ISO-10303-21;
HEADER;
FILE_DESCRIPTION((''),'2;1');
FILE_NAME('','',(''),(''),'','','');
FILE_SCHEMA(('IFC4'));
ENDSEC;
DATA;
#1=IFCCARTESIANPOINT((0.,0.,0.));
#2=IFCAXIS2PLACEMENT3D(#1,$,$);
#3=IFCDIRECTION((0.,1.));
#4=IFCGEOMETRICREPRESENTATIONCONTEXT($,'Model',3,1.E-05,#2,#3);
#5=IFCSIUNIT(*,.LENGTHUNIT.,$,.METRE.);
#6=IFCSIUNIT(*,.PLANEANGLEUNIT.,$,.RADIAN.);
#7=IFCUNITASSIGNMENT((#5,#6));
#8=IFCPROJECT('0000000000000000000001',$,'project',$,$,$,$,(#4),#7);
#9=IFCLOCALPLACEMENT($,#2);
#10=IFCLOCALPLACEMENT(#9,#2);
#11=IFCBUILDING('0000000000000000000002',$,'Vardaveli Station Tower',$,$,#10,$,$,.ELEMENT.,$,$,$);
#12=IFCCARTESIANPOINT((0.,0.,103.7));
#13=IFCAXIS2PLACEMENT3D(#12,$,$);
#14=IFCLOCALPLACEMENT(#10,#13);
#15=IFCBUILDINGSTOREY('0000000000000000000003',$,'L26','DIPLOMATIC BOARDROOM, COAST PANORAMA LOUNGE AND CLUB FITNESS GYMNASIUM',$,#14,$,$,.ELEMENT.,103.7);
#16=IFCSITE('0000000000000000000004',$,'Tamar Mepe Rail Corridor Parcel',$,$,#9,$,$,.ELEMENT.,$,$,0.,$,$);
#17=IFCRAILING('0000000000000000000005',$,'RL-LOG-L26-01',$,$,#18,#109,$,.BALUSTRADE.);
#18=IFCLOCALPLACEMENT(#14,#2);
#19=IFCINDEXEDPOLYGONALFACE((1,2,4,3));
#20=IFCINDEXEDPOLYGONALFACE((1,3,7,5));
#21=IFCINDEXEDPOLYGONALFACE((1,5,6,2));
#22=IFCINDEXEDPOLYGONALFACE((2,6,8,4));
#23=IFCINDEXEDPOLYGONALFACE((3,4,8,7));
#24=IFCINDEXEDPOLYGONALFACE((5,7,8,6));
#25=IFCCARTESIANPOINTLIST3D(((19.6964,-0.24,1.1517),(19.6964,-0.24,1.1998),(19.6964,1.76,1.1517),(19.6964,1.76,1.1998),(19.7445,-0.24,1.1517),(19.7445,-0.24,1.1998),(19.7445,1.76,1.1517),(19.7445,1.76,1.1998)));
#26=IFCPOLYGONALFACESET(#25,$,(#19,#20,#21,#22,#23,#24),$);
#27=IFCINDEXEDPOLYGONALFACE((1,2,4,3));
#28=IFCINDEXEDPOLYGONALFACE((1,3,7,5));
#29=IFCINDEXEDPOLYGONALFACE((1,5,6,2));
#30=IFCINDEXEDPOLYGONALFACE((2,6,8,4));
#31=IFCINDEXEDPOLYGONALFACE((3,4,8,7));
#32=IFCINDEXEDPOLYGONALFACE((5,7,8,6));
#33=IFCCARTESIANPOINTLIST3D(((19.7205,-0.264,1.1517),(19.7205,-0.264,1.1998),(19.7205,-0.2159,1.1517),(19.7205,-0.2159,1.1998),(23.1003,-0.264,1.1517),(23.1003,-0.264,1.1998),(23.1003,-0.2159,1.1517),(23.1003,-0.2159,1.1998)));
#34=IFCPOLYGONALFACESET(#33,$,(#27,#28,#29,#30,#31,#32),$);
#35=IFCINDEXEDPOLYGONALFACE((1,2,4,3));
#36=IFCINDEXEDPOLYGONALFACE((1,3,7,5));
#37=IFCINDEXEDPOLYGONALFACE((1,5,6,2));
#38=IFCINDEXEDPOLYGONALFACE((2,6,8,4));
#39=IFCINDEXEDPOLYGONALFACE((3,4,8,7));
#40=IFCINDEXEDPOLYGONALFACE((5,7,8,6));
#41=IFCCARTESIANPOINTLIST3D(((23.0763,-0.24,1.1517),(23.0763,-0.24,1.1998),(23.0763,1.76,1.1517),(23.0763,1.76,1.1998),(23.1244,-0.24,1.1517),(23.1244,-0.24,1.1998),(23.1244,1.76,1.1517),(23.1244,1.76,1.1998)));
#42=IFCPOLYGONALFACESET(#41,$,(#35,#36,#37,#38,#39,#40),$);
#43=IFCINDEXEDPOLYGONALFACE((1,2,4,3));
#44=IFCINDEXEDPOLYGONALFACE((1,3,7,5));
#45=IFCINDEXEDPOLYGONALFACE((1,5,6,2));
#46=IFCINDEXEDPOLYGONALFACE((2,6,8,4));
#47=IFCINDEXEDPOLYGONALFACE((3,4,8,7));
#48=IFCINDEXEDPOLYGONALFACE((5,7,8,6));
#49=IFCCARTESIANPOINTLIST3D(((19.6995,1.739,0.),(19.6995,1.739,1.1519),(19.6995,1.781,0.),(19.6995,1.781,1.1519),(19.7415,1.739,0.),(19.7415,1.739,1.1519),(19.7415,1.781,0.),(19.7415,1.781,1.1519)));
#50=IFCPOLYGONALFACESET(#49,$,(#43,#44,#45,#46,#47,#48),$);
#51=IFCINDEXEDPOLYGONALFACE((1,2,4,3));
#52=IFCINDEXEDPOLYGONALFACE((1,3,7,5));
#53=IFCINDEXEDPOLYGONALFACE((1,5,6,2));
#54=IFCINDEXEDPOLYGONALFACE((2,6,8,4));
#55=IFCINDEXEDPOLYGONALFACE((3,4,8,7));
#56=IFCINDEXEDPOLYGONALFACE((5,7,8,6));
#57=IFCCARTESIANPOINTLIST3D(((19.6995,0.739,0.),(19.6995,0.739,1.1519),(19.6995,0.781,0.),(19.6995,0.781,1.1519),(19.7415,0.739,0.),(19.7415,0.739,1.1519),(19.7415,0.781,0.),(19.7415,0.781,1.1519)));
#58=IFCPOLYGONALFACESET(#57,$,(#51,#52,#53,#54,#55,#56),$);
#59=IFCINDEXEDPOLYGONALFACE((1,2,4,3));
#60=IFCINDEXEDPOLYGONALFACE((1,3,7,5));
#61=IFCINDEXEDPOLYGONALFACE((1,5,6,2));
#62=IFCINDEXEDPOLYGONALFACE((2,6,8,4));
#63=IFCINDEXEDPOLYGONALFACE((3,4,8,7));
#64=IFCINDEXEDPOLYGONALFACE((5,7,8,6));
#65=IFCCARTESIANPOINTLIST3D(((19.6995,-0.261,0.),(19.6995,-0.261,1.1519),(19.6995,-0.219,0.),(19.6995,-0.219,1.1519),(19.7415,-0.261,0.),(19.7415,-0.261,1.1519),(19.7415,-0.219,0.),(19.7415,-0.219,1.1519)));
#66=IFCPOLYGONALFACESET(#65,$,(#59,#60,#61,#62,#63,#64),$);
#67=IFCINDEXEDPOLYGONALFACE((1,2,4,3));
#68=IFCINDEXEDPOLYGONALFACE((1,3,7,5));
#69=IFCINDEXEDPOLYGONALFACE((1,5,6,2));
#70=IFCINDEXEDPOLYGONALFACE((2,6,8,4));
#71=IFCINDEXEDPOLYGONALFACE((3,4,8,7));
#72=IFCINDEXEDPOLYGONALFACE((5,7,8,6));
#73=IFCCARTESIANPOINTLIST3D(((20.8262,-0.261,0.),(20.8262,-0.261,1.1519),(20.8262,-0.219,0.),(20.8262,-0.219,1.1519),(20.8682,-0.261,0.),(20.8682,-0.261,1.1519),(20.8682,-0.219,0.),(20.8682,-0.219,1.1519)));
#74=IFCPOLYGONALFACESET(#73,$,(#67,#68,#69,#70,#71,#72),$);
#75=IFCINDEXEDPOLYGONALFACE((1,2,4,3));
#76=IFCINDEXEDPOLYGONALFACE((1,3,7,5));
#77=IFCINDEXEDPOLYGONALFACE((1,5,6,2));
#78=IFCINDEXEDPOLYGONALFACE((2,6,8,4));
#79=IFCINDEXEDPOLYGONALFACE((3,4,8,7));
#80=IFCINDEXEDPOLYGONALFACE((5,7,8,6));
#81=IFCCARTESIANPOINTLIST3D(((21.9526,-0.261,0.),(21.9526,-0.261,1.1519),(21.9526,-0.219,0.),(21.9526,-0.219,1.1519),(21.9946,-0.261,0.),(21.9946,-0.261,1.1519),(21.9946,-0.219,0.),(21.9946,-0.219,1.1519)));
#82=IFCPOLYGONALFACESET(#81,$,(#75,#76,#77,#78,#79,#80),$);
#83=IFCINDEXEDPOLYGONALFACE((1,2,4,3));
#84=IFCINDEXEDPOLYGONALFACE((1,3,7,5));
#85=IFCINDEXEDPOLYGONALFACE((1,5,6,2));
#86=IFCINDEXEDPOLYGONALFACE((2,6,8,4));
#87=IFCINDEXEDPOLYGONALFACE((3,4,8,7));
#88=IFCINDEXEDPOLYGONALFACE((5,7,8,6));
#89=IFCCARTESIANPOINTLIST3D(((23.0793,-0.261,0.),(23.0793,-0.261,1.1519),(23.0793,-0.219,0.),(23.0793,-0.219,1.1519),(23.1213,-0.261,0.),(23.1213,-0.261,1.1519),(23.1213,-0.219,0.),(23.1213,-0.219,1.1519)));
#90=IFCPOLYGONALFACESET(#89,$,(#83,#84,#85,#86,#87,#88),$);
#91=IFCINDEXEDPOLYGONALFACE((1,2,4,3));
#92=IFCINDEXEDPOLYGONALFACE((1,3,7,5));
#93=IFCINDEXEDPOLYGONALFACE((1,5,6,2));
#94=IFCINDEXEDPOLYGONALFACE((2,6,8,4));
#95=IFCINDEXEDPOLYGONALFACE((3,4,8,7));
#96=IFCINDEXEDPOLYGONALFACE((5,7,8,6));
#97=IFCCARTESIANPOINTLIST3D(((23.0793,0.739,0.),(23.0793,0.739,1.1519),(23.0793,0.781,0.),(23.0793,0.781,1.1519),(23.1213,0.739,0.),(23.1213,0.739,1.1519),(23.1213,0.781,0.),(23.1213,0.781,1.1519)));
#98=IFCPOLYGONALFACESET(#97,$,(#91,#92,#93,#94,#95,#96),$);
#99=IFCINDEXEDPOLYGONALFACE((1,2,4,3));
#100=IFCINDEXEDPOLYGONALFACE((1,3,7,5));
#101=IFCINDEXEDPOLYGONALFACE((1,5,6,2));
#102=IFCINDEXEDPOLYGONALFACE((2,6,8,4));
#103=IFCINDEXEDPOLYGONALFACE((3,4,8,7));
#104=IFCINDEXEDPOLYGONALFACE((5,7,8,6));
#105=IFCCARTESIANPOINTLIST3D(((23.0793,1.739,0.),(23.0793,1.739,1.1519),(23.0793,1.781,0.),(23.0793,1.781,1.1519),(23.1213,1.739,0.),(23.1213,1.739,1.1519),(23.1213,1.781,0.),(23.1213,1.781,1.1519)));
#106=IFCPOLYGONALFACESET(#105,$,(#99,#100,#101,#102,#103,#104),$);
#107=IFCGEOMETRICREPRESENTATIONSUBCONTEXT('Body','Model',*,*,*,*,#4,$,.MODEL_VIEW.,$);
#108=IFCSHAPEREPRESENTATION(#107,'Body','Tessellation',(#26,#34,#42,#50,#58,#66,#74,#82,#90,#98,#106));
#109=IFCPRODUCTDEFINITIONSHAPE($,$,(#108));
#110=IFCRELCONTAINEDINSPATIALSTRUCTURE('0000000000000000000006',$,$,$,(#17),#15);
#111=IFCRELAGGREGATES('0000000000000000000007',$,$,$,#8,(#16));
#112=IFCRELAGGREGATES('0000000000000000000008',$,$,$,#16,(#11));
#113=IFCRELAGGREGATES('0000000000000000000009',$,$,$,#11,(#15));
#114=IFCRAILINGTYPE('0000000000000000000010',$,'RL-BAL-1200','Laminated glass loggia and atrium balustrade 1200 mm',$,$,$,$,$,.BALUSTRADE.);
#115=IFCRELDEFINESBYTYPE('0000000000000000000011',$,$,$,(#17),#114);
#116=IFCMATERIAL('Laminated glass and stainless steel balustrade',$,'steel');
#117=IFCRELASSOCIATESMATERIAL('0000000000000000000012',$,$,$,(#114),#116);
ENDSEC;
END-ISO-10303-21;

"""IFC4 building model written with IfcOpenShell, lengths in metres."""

from ifc_helpers import new_model, si_unit, direction, frame, origin, origin_2d, place, context, subcontext, project, spatial, rectangle, extrude, source, transform, mapped, material, type_object, element, save


model = new_model("IFC4")

# Units and contexts
model_context = context("Model", 3, precision=1e-05, world=origin(), true_north=direction((0.0, 1.0)))
body_context = subcontext(model_context, "Body", "Model", "MODEL_VIEW")
ifc_project = project(units=[si_unit("LENGTHUNIT", "METRE"), si_unit("PLANEANGLEUNIT", "RADIAN")], contexts=[model_context])

# Site, building, storey
site_placement = place(None, origin())
site = spatial("IfcSite", under=ifc_project, at=site_placement, Name="Tamar Mepe Rail Corridor Parcel", CompositionType="ELEMENT", RefElevation=0.0)
building_placement = place(site_placement, origin())
building = spatial("IfcBuilding", under=site, at=building_placement, Name="Vardaveli Station Tower", CompositionType="ELEMENT")
storey_placement = place(building_placement, frame((0.0, 0.0, 103.7)))
storey = spatial("IfcBuildingStorey", under=building, at=storey_placement, Name="L26", Description="DIPLOMATIC BOARDROOM, COAST PANORAMA LOUNGE AND CLUB FITNESS GYMNASIUM", CompositionType="ELEMENT", Elevation=103.7)

# Railing
ifc_material_1 = material(Name="Laminated glass and stainless steel balustrade", Category="steel")
railing_type = type_object("IfcRailingType", Name="RL-BAL-1200", Description="Laminated glass loggia and atrium balustrade 1200 mm", PredefinedType="BALUSTRADE", material=ifc_material_1)
shared_shape_1 = source(origin(), body_context, "Body", "SweptSolid", [
    extrude(rectangle(XDim=0.0481, YDim=0.0481, at=origin_2d()), frame((0.0, 0.0, 1.1758), z_axis=(0.0, -1.0, 0.0), x_axis=(1.0, 0.0, 0.0)), (0.0, 0.0, 1.0), 2.0),
    extrude(rectangle(XDim=0.0481, YDim=0.0481, at=origin_2d()), frame((0.0, -2.0, 1.1758), z_axis=(1.0, 0.0, 0.0), x_axis=(0.0, 1.0, 0.0)), (0.0, 0.0, 1.0), 3.3799),
    extrude(rectangle(XDim=0.0481, YDim=0.0481, at=origin_2d()), frame((3.3799, -2.0, 1.1758), z_axis=(0.0, 1.0, 0.0), x_axis=(-1.0, 0.0, 0.0)), (0.0, 0.0, 1.0), 2.0),
    extrude(rectangle(XDim=0.042, YDim=0.042, at=origin_2d()), origin(), (0.0, 0.0, 1.0), 1.1519),
    extrude(rectangle(XDim=0.042, YDim=0.042, at=origin_2d()), frame((0.0, -1.0, 0.0)), (0.0, 0.0, 1.0), 1.1519),
    extrude(rectangle(XDim=0.042, YDim=0.042, at=origin_2d()), frame((0.0, -2.0, 0.0)), (0.0, 0.0, 1.0), 1.1519),
    extrude(rectangle(XDim=0.042, YDim=0.042, at=origin_2d()), frame((1.1267, -2.0, 0.0)), (0.0, 0.0, 1.0), 1.1519),
    extrude(rectangle(XDim=0.042, YDim=0.042, at=origin_2d()), frame((2.2532, -2.0, 0.0)), (0.0, 0.0, 1.0), 1.1519),
    extrude(rectangle(XDim=0.042, YDim=0.042, at=origin_2d()), frame((3.3799, -2.0, 0.0)), (0.0, 0.0, 1.0), 1.1519),
    extrude(rectangle(XDim=0.042, YDim=0.042, at=origin_2d()), frame((3.3799, -1.0, 0.0)), (0.0, 0.0, 1.0), 1.1519),
    extrude(rectangle(XDim=0.042, YDim=0.042, at=origin_2d()), frame((3.3799, 0.0, 0.0)), (0.0, 0.0, 1.0), 1.1519),
])
railing_placement = place(storey_placement, frame((19.7205, 1.76, 0.0)))
element("IfcRailing", 1, at=railing_placement, inside=storey, type_object=railing_type, Name="RL-LOG-L26-01", PredefinedType="BALUSTRADE", context=body_context, shape_type="MappedRepresentation", body=[
    mapped(shared_shape_1, transform((0.0, 0.0, 0.0), scale=1.0)),
])

save(model, "model.ifc")
